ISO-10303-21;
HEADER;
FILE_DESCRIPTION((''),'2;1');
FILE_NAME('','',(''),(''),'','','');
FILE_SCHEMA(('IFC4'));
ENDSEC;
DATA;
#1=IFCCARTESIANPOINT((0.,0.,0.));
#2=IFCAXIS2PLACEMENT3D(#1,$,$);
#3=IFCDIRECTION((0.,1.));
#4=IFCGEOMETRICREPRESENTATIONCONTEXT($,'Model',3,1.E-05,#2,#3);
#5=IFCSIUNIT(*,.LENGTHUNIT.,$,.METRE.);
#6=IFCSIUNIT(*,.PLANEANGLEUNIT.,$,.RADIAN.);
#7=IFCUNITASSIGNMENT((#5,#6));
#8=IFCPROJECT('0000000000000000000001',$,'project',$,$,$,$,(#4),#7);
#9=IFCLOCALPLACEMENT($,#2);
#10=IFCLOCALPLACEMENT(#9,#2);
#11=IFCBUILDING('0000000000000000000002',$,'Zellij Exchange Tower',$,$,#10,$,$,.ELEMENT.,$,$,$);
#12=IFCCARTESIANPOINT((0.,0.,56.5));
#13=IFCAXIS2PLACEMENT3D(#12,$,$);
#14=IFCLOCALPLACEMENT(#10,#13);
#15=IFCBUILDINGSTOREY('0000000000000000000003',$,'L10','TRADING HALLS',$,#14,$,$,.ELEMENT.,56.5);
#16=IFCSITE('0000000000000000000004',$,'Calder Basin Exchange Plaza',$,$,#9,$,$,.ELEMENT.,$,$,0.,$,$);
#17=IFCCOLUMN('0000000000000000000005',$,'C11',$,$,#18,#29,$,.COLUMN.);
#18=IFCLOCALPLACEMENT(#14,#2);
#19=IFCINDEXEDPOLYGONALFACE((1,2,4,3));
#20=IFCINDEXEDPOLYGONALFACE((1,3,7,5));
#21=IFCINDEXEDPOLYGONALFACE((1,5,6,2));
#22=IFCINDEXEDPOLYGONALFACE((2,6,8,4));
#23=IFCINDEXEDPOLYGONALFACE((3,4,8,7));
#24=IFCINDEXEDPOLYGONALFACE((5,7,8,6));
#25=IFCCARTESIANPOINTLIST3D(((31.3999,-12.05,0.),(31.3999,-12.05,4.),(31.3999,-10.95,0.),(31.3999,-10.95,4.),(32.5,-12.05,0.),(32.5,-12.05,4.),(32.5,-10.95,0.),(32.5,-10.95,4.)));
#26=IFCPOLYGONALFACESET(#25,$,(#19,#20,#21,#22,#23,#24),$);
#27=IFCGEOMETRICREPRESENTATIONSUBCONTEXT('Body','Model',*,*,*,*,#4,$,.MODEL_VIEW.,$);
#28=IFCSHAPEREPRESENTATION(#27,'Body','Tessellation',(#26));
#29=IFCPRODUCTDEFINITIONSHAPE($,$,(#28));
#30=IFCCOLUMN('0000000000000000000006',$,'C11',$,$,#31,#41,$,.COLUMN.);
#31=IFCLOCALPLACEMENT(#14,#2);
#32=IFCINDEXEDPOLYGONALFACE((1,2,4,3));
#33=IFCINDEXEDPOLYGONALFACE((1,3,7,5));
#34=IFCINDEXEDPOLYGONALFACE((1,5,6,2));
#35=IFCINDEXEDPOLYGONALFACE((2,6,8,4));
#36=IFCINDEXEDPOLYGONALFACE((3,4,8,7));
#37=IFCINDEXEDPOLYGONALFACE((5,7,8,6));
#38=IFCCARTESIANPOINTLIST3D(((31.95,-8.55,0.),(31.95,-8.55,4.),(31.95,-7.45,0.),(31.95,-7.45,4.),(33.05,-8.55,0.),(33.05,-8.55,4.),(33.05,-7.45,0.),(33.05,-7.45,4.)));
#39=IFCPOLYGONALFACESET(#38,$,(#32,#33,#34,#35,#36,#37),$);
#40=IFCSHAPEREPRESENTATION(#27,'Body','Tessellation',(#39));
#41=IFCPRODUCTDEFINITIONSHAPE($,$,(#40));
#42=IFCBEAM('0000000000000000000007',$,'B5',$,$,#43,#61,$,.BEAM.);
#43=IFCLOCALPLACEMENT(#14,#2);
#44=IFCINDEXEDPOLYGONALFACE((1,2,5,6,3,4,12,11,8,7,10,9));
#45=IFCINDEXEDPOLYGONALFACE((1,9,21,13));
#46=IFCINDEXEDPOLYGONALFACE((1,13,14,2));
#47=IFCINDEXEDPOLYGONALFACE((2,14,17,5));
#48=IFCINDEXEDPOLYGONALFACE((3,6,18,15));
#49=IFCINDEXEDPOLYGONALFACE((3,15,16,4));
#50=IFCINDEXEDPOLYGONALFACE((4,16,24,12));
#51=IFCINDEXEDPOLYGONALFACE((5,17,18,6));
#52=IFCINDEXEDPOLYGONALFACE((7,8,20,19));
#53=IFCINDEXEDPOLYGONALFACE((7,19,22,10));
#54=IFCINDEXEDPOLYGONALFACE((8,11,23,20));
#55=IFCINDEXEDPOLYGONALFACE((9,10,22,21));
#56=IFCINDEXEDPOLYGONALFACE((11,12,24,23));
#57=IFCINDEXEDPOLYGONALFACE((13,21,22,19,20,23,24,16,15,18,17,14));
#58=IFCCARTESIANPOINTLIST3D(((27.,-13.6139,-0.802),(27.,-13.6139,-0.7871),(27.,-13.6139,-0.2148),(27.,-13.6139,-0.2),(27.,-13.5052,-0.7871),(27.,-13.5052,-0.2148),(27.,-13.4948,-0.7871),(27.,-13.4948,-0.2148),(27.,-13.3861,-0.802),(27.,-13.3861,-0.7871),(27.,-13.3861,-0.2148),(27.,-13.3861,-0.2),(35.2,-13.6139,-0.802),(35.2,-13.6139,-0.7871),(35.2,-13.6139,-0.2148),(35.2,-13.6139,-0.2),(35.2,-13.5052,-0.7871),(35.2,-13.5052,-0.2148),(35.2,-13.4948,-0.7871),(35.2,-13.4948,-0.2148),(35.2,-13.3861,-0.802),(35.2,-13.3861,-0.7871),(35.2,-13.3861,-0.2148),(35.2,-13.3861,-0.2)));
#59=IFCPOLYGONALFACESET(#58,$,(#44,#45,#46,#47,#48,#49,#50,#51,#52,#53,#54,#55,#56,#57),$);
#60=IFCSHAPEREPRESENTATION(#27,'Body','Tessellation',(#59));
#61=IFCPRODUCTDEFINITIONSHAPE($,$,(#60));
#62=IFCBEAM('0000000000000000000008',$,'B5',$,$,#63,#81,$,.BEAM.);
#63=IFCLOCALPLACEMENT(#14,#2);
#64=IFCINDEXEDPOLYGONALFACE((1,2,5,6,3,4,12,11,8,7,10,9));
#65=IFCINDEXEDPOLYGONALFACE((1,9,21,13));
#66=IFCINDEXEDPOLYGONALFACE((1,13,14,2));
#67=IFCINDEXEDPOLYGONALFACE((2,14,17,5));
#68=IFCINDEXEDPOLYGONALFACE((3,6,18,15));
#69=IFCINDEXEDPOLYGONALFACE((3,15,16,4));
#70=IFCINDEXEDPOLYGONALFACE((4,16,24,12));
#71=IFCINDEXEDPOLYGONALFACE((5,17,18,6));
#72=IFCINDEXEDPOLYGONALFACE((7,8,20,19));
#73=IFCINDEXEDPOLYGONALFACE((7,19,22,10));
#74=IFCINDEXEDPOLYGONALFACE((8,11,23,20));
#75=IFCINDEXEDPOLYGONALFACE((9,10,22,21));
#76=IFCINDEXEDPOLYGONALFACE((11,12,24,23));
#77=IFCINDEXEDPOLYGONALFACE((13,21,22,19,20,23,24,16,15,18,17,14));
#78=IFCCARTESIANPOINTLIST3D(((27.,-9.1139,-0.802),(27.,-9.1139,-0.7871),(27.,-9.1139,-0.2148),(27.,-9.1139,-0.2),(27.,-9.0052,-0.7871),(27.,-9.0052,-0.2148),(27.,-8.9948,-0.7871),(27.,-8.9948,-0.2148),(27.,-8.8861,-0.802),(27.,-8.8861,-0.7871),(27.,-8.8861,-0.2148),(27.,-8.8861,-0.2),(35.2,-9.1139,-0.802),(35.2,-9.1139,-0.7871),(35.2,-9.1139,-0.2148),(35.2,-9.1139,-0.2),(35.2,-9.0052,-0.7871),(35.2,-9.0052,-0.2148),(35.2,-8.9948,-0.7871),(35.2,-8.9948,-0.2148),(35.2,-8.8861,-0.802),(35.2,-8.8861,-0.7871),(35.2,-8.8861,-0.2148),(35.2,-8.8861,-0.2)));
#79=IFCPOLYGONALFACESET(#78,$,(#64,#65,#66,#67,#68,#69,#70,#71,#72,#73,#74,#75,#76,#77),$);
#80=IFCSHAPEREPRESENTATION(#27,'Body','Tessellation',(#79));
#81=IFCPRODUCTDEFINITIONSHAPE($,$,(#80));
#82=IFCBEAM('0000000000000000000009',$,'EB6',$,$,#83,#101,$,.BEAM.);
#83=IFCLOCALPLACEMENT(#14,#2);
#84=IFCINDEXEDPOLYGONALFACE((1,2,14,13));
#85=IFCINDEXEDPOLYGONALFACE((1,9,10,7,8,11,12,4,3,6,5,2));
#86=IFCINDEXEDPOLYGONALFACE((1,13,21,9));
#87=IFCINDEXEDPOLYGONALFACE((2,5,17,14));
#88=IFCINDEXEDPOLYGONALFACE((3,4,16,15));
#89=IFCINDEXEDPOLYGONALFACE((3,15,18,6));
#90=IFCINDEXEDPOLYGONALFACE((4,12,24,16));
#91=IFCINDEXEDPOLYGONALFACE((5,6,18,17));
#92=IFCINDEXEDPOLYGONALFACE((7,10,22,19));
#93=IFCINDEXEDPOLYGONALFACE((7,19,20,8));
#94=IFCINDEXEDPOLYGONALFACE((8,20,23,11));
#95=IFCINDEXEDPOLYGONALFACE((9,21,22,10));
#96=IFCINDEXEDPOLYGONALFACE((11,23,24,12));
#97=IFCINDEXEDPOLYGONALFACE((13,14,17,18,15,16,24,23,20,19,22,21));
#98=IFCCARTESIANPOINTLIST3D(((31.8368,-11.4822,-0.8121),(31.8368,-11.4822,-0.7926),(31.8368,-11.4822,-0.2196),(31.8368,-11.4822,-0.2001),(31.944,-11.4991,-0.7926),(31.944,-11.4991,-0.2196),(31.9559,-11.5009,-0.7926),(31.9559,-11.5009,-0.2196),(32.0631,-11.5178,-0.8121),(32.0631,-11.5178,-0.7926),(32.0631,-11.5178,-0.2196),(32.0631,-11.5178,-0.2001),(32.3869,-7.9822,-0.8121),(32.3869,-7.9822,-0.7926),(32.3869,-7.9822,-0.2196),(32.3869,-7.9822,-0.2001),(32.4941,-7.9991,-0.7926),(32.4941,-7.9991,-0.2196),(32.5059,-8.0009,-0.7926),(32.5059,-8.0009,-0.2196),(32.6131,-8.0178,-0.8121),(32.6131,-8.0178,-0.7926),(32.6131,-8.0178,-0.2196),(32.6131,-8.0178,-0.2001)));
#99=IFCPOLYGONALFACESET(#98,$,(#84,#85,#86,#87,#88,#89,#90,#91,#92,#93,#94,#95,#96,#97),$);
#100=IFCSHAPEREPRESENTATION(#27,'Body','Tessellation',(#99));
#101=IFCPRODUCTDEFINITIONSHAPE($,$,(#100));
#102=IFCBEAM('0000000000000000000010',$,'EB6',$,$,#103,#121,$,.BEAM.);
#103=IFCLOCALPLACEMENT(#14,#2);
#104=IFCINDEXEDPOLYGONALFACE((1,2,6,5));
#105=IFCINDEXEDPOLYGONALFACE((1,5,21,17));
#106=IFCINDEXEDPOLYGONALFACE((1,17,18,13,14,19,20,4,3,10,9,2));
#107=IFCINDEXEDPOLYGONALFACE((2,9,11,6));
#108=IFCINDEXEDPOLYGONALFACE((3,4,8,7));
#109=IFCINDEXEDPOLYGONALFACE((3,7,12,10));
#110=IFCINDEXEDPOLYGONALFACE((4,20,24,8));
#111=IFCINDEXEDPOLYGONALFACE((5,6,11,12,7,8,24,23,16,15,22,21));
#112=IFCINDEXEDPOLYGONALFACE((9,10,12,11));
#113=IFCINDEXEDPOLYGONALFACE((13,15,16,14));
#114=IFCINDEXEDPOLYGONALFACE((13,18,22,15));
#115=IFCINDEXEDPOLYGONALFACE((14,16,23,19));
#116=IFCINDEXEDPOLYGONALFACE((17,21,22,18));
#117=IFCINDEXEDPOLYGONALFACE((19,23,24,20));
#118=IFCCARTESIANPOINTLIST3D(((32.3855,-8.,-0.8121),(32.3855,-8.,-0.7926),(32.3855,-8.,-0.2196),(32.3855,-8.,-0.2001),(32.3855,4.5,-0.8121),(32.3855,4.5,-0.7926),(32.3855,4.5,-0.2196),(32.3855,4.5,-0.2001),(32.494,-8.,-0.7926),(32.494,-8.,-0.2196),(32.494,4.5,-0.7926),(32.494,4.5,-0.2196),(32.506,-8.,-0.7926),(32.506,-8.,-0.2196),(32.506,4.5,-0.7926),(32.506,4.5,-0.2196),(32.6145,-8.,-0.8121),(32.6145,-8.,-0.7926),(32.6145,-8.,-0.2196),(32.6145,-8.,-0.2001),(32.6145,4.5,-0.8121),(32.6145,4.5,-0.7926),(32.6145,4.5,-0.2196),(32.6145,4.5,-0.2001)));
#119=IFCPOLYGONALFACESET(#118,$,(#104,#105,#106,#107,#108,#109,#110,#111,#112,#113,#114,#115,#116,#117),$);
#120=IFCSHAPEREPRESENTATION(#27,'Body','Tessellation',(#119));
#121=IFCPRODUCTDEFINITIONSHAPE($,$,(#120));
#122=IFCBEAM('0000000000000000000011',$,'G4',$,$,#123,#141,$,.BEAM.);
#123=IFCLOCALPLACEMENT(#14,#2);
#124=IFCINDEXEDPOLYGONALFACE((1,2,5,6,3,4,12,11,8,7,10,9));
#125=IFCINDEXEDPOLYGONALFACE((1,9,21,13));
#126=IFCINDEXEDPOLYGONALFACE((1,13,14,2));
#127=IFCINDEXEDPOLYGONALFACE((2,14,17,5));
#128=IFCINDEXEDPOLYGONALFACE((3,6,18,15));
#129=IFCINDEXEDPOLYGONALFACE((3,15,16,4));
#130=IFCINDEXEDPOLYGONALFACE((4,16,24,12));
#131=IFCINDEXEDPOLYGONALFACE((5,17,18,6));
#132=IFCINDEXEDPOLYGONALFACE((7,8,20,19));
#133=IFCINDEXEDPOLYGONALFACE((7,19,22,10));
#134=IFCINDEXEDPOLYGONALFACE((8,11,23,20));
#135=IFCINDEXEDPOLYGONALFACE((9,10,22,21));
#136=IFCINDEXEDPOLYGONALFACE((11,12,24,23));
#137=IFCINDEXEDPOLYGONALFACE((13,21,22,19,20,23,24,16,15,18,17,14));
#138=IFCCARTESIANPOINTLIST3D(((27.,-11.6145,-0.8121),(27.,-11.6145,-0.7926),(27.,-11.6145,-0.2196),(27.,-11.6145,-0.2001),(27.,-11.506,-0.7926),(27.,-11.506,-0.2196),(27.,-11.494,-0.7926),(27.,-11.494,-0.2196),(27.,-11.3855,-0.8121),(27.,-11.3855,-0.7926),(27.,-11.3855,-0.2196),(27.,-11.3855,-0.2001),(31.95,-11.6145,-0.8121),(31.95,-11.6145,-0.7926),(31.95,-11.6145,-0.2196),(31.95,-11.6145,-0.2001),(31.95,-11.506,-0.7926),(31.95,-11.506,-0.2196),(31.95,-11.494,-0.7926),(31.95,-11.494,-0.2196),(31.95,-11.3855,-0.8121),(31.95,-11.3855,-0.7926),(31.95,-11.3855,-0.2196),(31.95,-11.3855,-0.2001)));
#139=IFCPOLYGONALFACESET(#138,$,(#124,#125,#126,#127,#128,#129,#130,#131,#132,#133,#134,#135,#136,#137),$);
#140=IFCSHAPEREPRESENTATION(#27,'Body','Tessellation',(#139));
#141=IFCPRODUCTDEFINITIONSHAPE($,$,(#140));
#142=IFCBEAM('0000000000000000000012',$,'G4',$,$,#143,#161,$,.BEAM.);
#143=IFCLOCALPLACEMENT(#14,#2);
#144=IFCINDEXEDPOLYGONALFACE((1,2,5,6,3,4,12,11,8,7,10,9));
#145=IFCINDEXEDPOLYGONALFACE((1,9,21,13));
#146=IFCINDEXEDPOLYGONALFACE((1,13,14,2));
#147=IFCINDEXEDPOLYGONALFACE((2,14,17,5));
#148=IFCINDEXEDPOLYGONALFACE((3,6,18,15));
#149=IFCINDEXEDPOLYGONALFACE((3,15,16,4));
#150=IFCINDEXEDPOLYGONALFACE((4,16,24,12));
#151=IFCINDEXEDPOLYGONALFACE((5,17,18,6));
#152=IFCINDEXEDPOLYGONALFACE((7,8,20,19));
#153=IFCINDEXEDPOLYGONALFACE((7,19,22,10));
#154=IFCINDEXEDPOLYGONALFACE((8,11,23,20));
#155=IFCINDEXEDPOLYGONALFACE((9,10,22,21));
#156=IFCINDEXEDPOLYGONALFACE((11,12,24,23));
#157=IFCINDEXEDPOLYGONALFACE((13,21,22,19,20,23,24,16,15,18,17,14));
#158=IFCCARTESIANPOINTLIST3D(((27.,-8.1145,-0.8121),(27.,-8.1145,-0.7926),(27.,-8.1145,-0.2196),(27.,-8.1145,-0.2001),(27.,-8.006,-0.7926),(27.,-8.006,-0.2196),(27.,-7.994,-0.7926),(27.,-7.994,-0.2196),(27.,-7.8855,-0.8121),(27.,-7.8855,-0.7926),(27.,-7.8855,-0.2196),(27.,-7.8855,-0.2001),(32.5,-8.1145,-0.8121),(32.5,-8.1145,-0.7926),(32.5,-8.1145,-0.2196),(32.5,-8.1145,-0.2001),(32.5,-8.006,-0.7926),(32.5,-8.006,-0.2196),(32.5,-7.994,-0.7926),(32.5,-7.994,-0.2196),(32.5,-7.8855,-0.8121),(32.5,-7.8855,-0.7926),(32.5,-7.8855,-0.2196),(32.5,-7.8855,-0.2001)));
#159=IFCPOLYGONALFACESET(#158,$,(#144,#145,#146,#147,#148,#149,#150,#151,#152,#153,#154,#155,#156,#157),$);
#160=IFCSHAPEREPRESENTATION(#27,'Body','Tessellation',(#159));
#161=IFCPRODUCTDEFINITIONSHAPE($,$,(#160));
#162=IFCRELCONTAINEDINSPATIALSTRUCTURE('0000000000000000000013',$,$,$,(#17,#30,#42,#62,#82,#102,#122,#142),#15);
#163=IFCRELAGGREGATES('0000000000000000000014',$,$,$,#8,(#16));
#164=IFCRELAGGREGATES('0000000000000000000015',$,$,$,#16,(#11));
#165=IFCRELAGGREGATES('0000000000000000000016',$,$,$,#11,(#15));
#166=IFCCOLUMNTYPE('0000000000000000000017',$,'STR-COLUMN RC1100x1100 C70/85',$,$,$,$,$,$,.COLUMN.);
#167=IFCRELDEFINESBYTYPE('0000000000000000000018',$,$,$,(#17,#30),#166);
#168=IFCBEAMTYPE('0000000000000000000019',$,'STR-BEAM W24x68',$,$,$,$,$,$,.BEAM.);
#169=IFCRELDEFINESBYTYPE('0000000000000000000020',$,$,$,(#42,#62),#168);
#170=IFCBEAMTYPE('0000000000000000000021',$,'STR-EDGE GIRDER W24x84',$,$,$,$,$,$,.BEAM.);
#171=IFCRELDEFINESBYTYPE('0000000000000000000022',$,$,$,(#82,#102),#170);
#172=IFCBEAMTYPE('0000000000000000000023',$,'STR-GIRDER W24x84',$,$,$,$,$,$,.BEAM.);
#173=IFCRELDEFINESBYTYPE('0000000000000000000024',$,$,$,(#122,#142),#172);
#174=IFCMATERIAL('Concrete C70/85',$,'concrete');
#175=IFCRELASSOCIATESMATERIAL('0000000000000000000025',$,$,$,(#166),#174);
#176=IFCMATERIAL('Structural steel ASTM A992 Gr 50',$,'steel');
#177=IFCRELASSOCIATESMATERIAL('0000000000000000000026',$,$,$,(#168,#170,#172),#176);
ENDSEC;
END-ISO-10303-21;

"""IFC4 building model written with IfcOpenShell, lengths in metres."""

from ifc_helpers import new_model, si_unit, direction, frame, origin, origin_2d, place, context, subcontext, project, spatial, rectangle, i_section, extrude, material, material_profile, profile_set, type_object, element, save


model = new_model("IFC4")

# Units and contexts
model_context = context("Model", 3, precision=1e-05, world=origin(), true_north=direction((0.0, 1.0)))
body_context = subcontext(model_context, "Body", "Model", "MODEL_VIEW")
ifc_project = project(units=[si_unit("LENGTHUNIT", "METRE"), si_unit("PLANEANGLEUNIT", "RADIAN")], contexts=[model_context])

# Site, building, storey
site_placement = place(None, origin())
site = spatial("IfcSite", under=ifc_project, at=site_placement, Name="Calder Basin Exchange Plaza", CompositionType="ELEMENT", RefElevation=0.0)
building_placement = place(site_placement, origin())
building = spatial("IfcBuilding", under=site, at=building_placement, Name="Zellij Exchange Tower", CompositionType="ELEMENT")
storey_placement = place(building_placement, frame((0.0, 0.0, 56.5)))
storey = spatial("IfcBuildingStorey", under=building, at=storey_placement, Name="L10", Description="TRADING HALLS", CompositionType="ELEMENT", Elevation=56.5)

# Columns
ifc_material_1 = material(Name="Concrete C70/85", Category="concrete")
ifc_material_profile_1 = material_profile(ifc_material_1, rectangle(XDim=1.1001, YDim=1.1001, at=origin_2d()), Name="STR-COLUMN RC1100x1100 C70/85")
ifc_profile_set_1 = profile_set([ifc_material_profile_1], Name="Concrete C70/85")
column_type = type_object("IfcColumnType", Name="STR-COLUMN RC1100x1100 C70/85", PredefinedType="COLUMN", material=ifc_profile_set_1)
for number, where, z_axis, x_axis, name in (
    (1, (31.95, -11.5, 0.0), (0.0, 0.0, 1.0), (1.0, 0.0, 0.0), "C11"),
    (2, (32.5, -8.0, 0.0), (0.0, 0.0, 1.0), (1.0, 0.0, 0.0), "C11"),
):
    element("IfcColumn", number, at=place(storey_placement, frame(where, z_axis=z_axis, x_axis=x_axis)), inside=storey, type_object=column_type, Name=name, PredefinedType="COLUMN", context=body_context, shape_type="SweptSolid", body=[
        extrude(rectangle(XDim=1.1001, YDim=1.1001, at=origin_2d()), origin(), (0.0, 0.0, 1.0), 4.0),
    ])

# Beams
ifc_material_2 = material(Name="Structural steel ASTM A992 Gr 50", Category="steel")
ifc_material_profile_2 = material_profile(ifc_material_2, i_section(OverallWidth=0.2278, OverallDepth=0.6021, WebThickness=0.0105, FlangeThickness=0.0149, at=origin_2d()), Name="W24x68")
ifc_profile_set_2 = profile_set([ifc_material_profile_2], Name="Structural steel ASTM A992 Gr 50")
beam_type_1 = type_object("IfcBeamType", Name="STR-BEAM W24x68", PredefinedType="BEAM", material=ifc_profile_set_2)
for number, where, z_axis, x_axis, name in (
    (3, (27.0, -13.5, -0.501), (1.0, 0.0, 0.0), (0.0, 1.0, 0.0), "B5"),
    (4, (27.0, -9.0, -0.501), (1.0, 0.0, 0.0), (0.0, 1.0, 0.0), "B5"),
):
    element("IfcBeam", number, at=place(storey_placement, frame(where, z_axis=z_axis, x_axis=x_axis)), inside=storey, type_object=beam_type_1, Name=name, PredefinedType="BEAM", context=body_context, shape_type="SweptSolid", body=[
        extrude(i_section(OverallWidth=0.2278, OverallDepth=0.6021, WebThickness=0.0105, FlangeThickness=0.0149, at=origin_2d()), origin(), (0.0, 0.0, 1.0), 8.2),
    ])
ifc_material_profile_3 = material_profile(ifc_material_2, i_section(OverallWidth=0.229, OverallDepth=0.6121, WebThickness=0.012, FlangeThickness=0.0195, at=origin_2d()), Name="W24x84")
ifc_profile_set_3 = profile_set([ifc_material_profile_3], Name="Structural steel ASTM A992 Gr 50")
beam_type_2 = type_object("IfcBeamType", Name="STR-EDGE GIRDER W24x84", PredefinedType="BEAM", material=ifc_profile_set_3)
beam_1_placement = place(storey_placement, frame((31.95, -11.5, -0.5061), z_axis=(0.155251, 0.987875, 0.0), x_axis=(-0.987875, 0.155251, 0.0)))
element("IfcBeam", 5, at=beam_1_placement, inside=storey, type_object=beam_type_2, Name="EB6", PredefinedType="BEAM", context=body_context, shape_type="SweptSolid", body=[
    extrude(i_section(OverallWidth=0.229, OverallDepth=0.6121, WebThickness=0.012, FlangeThickness=0.0195, at=origin_2d()), origin(), (0.0, 0.0, 1.0), 3.543),
])
beam_2_placement = place(storey_placement, frame((32.5, -8.0, -0.5061), z_axis=(0.0, 1.0, 0.0), x_axis=(-1.0, 0.0, 0.0)))
element("IfcBeam", 6, at=beam_2_placement, inside=storey, type_object=beam_type_2, Name="EB6", PredefinedType="BEAM", context=body_context, shape_type="SweptSolid", body=[
    extrude(i_section(OverallWidth=0.229, OverallDepth=0.6121, WebThickness=0.012, FlangeThickness=0.0195, at=origin_2d()), origin(), (0.0, 0.0, 1.0), 12.5),
])
ifc_material_profile_4 = material_profile(ifc_material_2, i_section(OverallWidth=0.229, OverallDepth=0.6121, WebThickness=0.012, FlangeThickness=0.0195, at=origin_2d()), Name="W24x84")
ifc_profile_set_4 = profile_set([ifc_material_profile_4], Name="Structural steel ASTM A992 Gr 50")
beam_type_3 = type_object("IfcBeamType", Name="STR-GIRDER W24x84", PredefinedType="BEAM", material=ifc_profile_set_4)
beam_3_placement = place(storey_placement, frame((27.0, -11.5, -0.5061), z_axis=(1.0, 0.0, 0.0), x_axis=(0.0, 1.0, 0.0)))
element("IfcBeam", 7, at=beam_3_placement, inside=storey, type_object=beam_type_3, Name="G4", PredefinedType="BEAM", context=body_context, shape_type="SweptSolid", body=[
    extrude(i_section(OverallWidth=0.229, OverallDepth=0.6121, WebThickness=0.012, FlangeThickness=0.0195, at=origin_2d()), origin(), (0.0, 0.0, 1.0), 4.95),
])
beam_4_placement = place(storey_placement, frame((27.0, -8.0, -0.5061), z_axis=(1.0, 0.0, 0.0), x_axis=(0.0, 1.0, 0.0)))
element("IfcBeam", 8, at=beam_4_placement, inside=storey, type_object=beam_type_3, Name="G4", PredefinedType="BEAM", context=body_context, shape_type="SweptSolid", body=[
    extrude(i_section(OverallWidth=0.229, OverallDepth=0.6121, WebThickness=0.012, FlangeThickness=0.0195, at=origin_2d()), origin(), (0.0, 0.0, 1.0), 5.5),
])

save(model, "model.ifc")
